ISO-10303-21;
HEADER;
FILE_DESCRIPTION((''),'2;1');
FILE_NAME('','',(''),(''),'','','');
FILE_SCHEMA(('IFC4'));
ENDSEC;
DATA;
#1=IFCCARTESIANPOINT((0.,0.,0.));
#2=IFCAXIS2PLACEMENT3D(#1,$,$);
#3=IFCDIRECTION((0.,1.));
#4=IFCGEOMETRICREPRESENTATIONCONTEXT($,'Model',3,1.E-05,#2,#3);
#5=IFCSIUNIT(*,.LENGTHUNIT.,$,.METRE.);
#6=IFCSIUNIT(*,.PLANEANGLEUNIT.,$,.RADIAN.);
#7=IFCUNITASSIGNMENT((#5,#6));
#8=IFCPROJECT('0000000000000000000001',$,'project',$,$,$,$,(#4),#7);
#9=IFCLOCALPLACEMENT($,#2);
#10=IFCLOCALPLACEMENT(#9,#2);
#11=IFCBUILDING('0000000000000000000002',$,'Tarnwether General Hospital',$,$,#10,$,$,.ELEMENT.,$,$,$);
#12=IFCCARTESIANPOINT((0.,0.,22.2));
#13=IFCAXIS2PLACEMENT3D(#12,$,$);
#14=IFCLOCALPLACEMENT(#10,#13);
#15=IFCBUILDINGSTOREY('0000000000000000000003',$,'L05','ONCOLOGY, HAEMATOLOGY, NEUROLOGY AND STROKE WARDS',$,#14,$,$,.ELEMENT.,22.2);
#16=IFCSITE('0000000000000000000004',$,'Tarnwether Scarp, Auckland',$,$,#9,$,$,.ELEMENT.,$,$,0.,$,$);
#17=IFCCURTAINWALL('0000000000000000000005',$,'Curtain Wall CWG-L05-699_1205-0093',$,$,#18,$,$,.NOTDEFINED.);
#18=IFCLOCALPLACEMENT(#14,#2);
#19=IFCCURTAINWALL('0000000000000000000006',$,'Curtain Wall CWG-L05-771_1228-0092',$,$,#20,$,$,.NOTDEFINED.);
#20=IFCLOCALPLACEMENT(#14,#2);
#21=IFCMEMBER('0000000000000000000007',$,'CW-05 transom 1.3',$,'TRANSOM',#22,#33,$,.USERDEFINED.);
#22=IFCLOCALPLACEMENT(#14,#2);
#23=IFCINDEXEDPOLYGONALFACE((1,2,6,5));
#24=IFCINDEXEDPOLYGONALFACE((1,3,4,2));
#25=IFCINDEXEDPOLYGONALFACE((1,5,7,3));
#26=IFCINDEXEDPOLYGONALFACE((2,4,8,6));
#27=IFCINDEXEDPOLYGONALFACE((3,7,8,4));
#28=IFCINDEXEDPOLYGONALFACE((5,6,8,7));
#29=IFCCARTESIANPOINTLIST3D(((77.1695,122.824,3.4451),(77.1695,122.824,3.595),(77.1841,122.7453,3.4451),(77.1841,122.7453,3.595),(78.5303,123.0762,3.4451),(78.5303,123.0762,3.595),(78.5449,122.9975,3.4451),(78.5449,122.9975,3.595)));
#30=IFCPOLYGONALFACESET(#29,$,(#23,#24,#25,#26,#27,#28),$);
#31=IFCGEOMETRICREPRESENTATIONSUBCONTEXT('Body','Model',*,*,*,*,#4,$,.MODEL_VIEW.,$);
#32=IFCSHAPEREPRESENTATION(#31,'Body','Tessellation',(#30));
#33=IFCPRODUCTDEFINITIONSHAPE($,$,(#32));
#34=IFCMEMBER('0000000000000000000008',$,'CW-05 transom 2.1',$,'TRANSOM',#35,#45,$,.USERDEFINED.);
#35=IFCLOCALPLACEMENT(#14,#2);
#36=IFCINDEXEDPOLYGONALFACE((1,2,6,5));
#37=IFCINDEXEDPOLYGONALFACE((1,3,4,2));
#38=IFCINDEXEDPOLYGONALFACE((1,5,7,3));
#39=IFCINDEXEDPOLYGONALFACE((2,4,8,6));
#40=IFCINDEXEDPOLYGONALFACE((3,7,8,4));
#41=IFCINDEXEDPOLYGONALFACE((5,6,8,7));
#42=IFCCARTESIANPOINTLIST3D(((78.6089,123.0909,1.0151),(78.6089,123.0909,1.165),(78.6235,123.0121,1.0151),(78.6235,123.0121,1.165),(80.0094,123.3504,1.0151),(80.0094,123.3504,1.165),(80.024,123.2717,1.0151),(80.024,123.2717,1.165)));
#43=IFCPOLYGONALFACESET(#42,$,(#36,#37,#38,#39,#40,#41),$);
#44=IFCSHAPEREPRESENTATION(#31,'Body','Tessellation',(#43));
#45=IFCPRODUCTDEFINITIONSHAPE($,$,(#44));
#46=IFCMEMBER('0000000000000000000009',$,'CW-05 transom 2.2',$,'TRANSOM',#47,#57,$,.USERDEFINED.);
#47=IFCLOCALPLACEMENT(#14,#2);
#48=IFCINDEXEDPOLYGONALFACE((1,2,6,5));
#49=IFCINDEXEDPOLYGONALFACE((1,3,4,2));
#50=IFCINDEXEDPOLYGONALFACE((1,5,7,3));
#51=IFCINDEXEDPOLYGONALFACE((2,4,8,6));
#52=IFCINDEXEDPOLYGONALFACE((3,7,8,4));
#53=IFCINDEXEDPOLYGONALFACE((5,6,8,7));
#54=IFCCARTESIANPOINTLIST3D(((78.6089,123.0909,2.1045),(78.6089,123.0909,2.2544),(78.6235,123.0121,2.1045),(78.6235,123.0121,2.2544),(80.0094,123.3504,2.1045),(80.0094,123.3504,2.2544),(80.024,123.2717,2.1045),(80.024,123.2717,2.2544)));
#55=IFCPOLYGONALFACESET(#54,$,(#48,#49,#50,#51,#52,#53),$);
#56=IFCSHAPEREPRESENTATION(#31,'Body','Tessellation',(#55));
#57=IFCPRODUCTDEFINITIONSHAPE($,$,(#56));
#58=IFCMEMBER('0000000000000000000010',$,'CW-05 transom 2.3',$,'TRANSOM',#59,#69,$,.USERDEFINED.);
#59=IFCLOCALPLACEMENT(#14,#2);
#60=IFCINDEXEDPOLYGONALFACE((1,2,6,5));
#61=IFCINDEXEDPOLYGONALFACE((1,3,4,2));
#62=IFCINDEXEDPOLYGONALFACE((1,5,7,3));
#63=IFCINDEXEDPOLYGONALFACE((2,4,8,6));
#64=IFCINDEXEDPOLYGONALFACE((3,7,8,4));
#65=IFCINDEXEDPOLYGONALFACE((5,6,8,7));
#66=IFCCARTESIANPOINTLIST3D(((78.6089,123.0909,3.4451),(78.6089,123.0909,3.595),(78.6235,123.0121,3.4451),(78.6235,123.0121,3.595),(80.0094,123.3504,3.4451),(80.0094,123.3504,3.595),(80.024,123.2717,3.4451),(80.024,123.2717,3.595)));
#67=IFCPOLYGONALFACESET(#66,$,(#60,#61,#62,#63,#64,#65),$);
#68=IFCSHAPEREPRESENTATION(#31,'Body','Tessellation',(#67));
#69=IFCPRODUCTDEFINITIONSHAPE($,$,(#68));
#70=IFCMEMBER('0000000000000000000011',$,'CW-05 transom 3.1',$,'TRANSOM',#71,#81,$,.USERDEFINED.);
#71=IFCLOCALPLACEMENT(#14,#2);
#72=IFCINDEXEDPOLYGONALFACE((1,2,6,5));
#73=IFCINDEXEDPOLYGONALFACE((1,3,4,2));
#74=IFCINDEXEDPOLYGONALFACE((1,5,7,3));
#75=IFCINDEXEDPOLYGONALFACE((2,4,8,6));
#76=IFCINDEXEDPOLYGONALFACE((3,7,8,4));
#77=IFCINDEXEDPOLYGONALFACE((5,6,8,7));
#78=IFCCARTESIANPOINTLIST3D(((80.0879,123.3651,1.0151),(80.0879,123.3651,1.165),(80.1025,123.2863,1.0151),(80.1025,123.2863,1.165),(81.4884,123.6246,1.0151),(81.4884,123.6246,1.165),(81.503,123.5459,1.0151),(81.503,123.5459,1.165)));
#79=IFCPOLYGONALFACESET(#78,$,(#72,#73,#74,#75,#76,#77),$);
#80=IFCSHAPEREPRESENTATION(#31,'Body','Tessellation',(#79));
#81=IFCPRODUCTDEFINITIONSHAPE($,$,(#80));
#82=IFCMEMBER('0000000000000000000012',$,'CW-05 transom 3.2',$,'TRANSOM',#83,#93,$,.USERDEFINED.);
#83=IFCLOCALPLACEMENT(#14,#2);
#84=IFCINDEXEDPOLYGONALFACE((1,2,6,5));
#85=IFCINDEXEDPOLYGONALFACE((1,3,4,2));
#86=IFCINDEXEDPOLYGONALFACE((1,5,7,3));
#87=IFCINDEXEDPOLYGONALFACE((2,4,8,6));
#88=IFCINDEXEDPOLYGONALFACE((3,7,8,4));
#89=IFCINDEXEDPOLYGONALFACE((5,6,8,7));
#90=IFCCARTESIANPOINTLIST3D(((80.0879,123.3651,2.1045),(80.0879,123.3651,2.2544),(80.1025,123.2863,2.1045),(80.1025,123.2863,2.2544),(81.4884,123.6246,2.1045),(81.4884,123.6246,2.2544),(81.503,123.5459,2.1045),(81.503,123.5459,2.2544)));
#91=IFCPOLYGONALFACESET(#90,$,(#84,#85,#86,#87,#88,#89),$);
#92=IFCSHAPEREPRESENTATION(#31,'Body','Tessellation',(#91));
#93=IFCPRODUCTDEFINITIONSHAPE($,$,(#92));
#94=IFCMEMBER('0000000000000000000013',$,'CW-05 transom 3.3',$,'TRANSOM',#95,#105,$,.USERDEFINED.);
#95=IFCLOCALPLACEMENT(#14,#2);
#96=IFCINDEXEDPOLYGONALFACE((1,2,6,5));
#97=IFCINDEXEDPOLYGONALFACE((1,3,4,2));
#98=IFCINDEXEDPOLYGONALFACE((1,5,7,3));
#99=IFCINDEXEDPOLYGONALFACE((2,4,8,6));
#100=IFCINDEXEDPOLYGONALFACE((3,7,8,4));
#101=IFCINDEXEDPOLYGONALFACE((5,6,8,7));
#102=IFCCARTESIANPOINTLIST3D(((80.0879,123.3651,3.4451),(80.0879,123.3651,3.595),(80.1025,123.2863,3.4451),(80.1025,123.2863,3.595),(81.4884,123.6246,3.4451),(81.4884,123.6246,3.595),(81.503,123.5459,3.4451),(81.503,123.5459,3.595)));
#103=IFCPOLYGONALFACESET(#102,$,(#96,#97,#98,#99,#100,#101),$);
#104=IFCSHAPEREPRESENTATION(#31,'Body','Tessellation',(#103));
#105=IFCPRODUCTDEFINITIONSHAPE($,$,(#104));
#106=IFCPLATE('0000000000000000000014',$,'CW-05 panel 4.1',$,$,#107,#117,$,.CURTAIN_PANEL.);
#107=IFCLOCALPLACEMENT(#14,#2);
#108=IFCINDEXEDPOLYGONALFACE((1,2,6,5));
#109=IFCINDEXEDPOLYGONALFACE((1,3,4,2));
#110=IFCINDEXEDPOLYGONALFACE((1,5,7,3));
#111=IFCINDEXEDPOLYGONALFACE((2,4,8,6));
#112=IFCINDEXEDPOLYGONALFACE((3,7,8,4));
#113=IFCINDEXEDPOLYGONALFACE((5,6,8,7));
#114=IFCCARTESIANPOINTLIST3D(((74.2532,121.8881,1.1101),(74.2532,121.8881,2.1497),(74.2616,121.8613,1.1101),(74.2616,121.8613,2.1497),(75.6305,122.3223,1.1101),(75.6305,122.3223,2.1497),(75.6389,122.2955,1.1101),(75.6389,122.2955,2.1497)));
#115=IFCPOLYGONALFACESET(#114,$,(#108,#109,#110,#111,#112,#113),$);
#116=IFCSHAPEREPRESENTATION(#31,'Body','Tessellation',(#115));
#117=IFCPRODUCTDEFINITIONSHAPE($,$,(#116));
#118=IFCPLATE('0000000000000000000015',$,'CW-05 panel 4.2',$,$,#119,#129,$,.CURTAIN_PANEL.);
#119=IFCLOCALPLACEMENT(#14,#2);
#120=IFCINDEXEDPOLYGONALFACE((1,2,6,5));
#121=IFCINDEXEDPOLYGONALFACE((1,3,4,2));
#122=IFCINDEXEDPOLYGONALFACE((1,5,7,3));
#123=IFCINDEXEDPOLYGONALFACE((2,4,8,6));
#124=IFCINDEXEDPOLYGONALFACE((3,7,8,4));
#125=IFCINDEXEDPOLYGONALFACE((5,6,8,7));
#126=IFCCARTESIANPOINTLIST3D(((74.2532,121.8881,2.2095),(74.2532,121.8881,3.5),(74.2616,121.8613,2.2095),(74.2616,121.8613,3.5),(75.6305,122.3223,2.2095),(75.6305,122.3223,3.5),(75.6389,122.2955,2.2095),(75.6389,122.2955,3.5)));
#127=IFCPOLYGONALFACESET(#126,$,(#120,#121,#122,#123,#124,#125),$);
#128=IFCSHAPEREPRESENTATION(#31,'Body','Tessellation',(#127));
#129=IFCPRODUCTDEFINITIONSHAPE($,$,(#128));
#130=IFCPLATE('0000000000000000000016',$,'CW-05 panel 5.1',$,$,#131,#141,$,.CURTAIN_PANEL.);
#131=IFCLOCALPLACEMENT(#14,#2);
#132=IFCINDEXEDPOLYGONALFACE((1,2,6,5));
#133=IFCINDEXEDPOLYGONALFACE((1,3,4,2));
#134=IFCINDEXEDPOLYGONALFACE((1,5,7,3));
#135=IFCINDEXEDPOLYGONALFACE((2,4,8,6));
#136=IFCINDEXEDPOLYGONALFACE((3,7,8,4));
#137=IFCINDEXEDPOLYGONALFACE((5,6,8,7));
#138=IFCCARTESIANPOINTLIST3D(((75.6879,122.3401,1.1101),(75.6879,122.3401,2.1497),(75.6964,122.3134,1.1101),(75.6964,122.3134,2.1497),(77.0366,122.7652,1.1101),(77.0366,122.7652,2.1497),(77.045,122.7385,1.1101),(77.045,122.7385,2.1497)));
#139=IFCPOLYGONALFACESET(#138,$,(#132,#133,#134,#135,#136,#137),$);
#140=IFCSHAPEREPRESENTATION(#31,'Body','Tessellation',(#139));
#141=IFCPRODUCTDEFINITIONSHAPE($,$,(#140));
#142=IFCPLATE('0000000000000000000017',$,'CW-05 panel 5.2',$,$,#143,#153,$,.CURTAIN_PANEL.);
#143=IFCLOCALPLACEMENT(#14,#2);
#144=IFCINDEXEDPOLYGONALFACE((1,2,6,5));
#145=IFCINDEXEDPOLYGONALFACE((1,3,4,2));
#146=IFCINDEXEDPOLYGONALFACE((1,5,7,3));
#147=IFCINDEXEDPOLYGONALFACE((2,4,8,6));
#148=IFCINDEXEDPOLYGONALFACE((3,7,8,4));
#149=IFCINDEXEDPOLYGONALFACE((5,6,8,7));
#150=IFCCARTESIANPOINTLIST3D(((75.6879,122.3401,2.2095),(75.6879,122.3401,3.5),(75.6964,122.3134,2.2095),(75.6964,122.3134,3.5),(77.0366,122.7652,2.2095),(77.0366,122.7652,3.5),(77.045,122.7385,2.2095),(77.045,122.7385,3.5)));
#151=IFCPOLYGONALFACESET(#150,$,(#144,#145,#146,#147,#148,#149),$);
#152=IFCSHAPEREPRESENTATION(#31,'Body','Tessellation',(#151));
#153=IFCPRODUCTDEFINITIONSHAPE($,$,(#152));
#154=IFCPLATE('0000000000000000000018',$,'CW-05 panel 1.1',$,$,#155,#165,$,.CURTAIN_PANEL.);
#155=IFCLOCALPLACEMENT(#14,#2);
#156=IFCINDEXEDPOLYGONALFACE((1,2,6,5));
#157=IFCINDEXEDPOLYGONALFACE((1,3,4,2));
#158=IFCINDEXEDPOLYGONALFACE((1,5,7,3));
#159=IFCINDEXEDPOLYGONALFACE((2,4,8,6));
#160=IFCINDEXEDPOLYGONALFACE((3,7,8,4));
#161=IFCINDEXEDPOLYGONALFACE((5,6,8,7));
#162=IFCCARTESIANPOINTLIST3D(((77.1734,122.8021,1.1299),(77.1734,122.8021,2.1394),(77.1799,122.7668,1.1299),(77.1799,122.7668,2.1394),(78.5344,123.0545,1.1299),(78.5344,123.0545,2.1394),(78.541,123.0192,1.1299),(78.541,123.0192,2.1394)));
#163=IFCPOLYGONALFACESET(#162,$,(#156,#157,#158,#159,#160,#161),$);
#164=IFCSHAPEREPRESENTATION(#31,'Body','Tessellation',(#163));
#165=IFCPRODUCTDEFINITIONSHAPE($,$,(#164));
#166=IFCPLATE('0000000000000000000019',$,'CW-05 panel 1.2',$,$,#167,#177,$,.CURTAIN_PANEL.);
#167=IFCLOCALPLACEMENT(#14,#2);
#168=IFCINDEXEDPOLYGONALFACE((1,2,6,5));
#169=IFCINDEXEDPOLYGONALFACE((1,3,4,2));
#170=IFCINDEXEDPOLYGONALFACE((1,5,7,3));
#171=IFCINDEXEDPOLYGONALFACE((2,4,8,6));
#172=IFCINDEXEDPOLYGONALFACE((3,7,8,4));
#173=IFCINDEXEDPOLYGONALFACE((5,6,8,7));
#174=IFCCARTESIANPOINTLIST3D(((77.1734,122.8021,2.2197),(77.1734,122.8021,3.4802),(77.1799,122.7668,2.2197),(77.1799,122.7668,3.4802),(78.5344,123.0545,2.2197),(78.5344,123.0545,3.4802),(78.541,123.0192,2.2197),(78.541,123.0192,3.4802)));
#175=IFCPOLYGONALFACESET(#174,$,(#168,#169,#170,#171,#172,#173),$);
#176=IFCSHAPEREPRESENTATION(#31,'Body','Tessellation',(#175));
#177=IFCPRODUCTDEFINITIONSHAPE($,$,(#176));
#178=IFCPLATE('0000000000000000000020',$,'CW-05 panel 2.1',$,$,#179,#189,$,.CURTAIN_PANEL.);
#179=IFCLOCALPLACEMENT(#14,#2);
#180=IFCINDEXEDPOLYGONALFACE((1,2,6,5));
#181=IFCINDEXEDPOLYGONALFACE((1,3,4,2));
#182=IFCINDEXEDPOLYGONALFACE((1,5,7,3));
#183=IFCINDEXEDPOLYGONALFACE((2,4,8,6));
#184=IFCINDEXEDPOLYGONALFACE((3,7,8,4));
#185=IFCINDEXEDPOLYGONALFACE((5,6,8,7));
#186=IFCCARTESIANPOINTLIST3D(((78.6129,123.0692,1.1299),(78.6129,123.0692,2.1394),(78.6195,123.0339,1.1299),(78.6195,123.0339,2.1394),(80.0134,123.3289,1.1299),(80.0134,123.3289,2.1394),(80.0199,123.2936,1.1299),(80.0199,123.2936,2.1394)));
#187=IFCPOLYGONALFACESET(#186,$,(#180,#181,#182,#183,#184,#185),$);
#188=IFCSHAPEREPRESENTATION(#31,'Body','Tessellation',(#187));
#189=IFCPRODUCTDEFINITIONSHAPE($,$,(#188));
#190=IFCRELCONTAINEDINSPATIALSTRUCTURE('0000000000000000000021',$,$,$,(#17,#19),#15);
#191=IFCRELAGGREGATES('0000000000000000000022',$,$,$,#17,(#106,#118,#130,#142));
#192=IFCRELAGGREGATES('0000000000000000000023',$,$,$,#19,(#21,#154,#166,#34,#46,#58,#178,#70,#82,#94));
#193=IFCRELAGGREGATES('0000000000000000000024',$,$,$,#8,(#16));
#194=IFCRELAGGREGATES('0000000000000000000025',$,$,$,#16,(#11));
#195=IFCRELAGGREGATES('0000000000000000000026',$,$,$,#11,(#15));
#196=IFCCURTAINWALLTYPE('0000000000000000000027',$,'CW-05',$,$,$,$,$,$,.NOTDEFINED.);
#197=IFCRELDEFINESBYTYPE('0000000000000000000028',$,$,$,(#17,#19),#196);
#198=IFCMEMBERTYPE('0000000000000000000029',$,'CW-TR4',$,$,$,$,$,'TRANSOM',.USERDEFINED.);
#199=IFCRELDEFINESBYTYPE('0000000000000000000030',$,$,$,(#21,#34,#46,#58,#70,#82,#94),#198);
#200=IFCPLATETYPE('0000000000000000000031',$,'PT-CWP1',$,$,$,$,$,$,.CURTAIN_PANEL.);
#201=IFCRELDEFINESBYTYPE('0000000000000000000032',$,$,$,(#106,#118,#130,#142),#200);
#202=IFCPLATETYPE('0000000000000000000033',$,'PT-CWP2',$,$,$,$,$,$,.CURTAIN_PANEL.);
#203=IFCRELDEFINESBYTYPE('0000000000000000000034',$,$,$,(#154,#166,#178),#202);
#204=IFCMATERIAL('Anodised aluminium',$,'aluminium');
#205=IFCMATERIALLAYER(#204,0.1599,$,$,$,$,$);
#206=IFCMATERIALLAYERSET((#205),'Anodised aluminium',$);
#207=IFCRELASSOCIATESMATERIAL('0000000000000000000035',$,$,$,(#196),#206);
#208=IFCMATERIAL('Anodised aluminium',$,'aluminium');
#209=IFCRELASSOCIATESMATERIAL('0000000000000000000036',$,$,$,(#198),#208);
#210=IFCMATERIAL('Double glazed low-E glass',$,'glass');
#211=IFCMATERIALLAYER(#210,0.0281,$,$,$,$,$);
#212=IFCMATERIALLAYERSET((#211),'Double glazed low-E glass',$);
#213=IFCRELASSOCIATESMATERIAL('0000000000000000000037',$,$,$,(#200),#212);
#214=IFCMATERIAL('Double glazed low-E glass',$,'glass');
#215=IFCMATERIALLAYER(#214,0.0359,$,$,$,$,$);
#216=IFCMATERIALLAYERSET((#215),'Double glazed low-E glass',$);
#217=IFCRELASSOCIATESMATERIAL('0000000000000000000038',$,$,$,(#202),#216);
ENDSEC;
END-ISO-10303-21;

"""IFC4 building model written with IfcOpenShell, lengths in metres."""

from ifc_helpers import new_model, si_unit, direction, frame, origin, origin_2d, place, context, subcontext, project, spatial, rectangle, extrude, material, layer, layer_set, material_profile, profile_set, type_object, element, aggregate, save


model = new_model("IFC4")

# Units and contexts
model_context = context("Model", 3, precision=1e-05, world=origin(), true_north=direction((0.0, 1.0)))
body_context = subcontext(model_context, "Body", "Model", "MODEL_VIEW")
ifc_project = project(units=[si_unit("LENGTHUNIT", "METRE"), si_unit("PLANEANGLEUNIT", "RADIAN")], contexts=[model_context])

# Site, building, storey
site_placement = place(None, origin())
site = spatial("IfcSite", under=ifc_project, at=site_placement, Name="Tarnwether Scarp, Auckland", CompositionType="ELEMENT", RefElevation=0.0)
building_placement = place(site_placement, origin())
building = spatial("IfcBuilding", under=site, at=building_placement, Name="Tarnwether General Hospital", CompositionType="ELEMENT")
storey_placement = place(building_placement, frame((0.0, 0.0, 22.2)))
storey = spatial("IfcBuildingStorey", under=building, at=storey_placement, Name="L05", Description="ONCOLOGY, HAEMATOLOGY, NEUROLOGY AND STROKE WARDS", CompositionType="ELEMENT", Elevation=22.2)

# Curtain walls
ifc_material_1 = material(Name="Anodised aluminium", Category="aluminium")
ifc_layer_1 = layer(ifc_material_1, 0.1599)
ifc_layer_set_1 = layer_set([ifc_layer_1], Name="Anodised aluminium")
curtain_wall_type = type_object("IfcCurtainWallType", Name="CW-05", PredefinedType="NOTDEFINED", material=ifc_layer_set_1)
curtain_wall_1_placement = place(storey_placement, origin())
curtain_wall_1 = element("IfcCurtainWall", 1, at=curtain_wall_1_placement, inside=storey, type_object=curtain_wall_type, Name="Curtain Wall CWG-L05-699_1205-0093", PredefinedType="NOTDEFINED")
curtain_wall_2_placement = place(storey_placement, origin())
curtain_wall_2 = element("IfcCurtainWall", 2, at=curtain_wall_2_placement, inside=storey, type_object=curtain_wall_type, Name="Curtain Wall CWG-L05-771_1228-0092", PredefinedType="NOTDEFINED")

# Members
ifc_material_2 = material(Name="Anodised aluminium", Category="aluminium")
ifc_material_profile_1 = material_profile(ifc_material_2, rectangle(XDim=0.0801, YDim=0.1499, at=origin_2d()), Name="ALU-TRN-80x150")
ifc_profile_set_1 = profile_set([ifc_material_profile_1], Name="Anodised aluminium")
member_type_1 = type_object("IfcMemberType", Name="CW-TR4", ElementType="TRANSOM", PredefinedType="USERDEFINED", material=ifc_profile_set_1)
member_1_placement = place(storey_placement, frame((77.1768, 122.7847, 3.52), z_axis=(0.983257, 0.182222, 0.0), x_axis=(-0.182222, 0.983257, 0.0)))
member_1 = element("IfcMember", 3, at=member_1_placement, type_object=member_type_1, Name="CW-05 transom 1.3", ObjectType="TRANSOM", PredefinedType="USERDEFINED", context=body_context, shape_type="SweptSolid", body=[
    extrude(rectangle(XDim=0.0801, YDim=0.1499, at=origin_2d()), origin(), (0.0, 0.0, 1.0), 1.384),
])
member_2_placement = place(storey_placement, frame((78.6162, 123.0515, 1.0901), z_axis=(0.983258, 0.182218, 0.0), x_axis=(-0.182218, 0.983258, 0.0)))
member_2 = element("IfcMember", 4, at=member_2_placement, type_object=member_type_1, Name="CW-05 transom 2.1", ObjectType="TRANSOM", PredefinedType="USERDEFINED", context=body_context, shape_type="SweptSolid", body=[
    extrude(rectangle(XDim=0.0801, YDim=0.1499, at=origin_2d()), origin(), (0.0, 0.0, 1.0), 1.4243),
])
member_3_placement = place(storey_placement, frame((78.6162, 123.0515, 2.1794), z_axis=(0.983258, 0.182218, 0.0), x_axis=(-0.182218, 0.983258, 0.0)))
member_3 = element("IfcMember", 5, at=member_3_placement, type_object=member_type_1, Name="CW-05 transom 2.2", ObjectType="TRANSOM", PredefinedType="USERDEFINED", context=body_context, shape_type="SweptSolid", body=[
    extrude(rectangle(XDim=0.0801, YDim=0.1499, at=origin_2d()), origin(), (0.0, 0.0, 1.0), 1.4243),
])
member_4_placement = place(storey_placement, frame((78.6162, 123.0515, 3.52), z_axis=(0.983258, 0.182218, 0.0), x_axis=(-0.182218, 0.983258, 0.0)))
member_4 = element("IfcMember", 6, at=member_4_placement, type_object=member_type_1, Name="CW-05 transom 2.3", ObjectType="TRANSOM", PredefinedType="USERDEFINED", context=body_context, shape_type="SweptSolid", body=[
    extrude(rectangle(XDim=0.0801, YDim=0.1499, at=origin_2d()), origin(), (0.0, 0.0, 1.0), 1.4243),
])
member_5_placement = place(storey_placement, frame((80.0952, 123.3257, 1.0901), z_axis=(0.983258, 0.182218, 0.0), x_axis=(-0.182218, 0.983258, 0.0)))
member_5 = element("IfcMember", 7, at=member_5_placement, type_object=member_type_1, Name="CW-05 transom 3.1", ObjectType="TRANSOM", PredefinedType="USERDEFINED", context=body_context, shape_type="SweptSolid", body=[
    extrude(rectangle(XDim=0.0801, YDim=0.1499, at=origin_2d()), origin(), (0.0, 0.0, 1.0), 1.4243),
])
member_6_placement = place(storey_placement, frame((80.0952, 123.3257, 2.1794), z_axis=(0.983258, 0.182218, 0.0), x_axis=(-0.182218, 0.983258, 0.0)))
member_6 = element("IfcMember", 8, at=member_6_placement, type_object=member_type_1, Name="CW-05 transom 3.2", ObjectType="TRANSOM", PredefinedType="USERDEFINED", context=body_context, shape_type="SweptSolid", body=[
    extrude(rectangle(XDim=0.0801, YDim=0.1499, at=origin_2d()), origin(), (0.0, 0.0, 1.0), 1.4243),
])
member_7_placement = place(storey_placement, frame((80.0952, 123.3257, 3.52), z_axis=(0.983258, 0.182218, 0.0), x_axis=(-0.182218, 0.983258, 0.0)))
member_7 = element("IfcMember", 9, at=member_7_placement, type_object=member_type_1, Name="CW-05 transom 3.3", ObjectType="TRANSOM", PredefinedType="USERDEFINED", context=body_context, shape_type="SweptSolid", body=[
    extrude(rectangle(XDim=0.0801, YDim=0.1499, at=origin_2d()), origin(), (0.0, 0.0, 1.0), 1.4243),
])

# Plates
ifc_material_3 = material(Name="Double glazed low-E glass", Category="glass")
ifc_layer_2 = layer(ifc_material_3, 0.0281)
ifc_layer_set_2 = layer_set([ifc_layer_2], Name="Double glazed low-E glass")
plate_type_1 = type_object("IfcPlateType", Name="PT-CWP1", PredefinedType="CURTAIN_PANEL", material=ifc_layer_set_2)
plate_1_placement = place(storey_placement, frame((74.946, 122.0918, 1.1101), z_axis=(0.0, 0.0, 1.0), x_axis=(0.953741, 0.300629, 0.0)))
plate_1 = element("IfcPlate", 10, at=plate_1_placement, type_object=plate_type_1, Name="CW-05 panel 4.1", PredefinedType="CURTAIN_PANEL", context=body_context, shape_type="SweptSolid", body=[
    extrude(rectangle(XDim=1.4441, YDim=0.0281, at=origin_2d()), origin(), (0.0, 0.0, 1.0), 1.0396),
])
plate_2_placement = place(storey_placement, frame((74.946, 122.0918, 2.2095), z_axis=(0.0, 0.0, 1.0), x_axis=(0.953741, 0.300629, 0.0)))
plate_2 = element("IfcPlate", 11, at=plate_2_placement, type_object=plate_type_1, Name="CW-05 panel 4.2", PredefinedType="CURTAIN_PANEL", context=body_context, shape_type="SweptSolid", body=[
    extrude(rectangle(XDim=1.4441, YDim=0.0281, at=origin_2d()), origin(), (0.0, 0.0, 1.0), 1.2905),
])
plate_3_placement = place(storey_placement, frame((76.3665, 122.5393, 1.1101), z_axis=(0.0, 0.0, 1.0), x_axis=(0.953741, 0.300629, 0.0)))
plate_3 = element("IfcPlate", 12, at=plate_3_placement, type_object=plate_type_1, Name="CW-05 panel 5.1", PredefinedType="CURTAIN_PANEL", context=body_context, shape_type="SweptSolid", body=[
    extrude(rectangle(XDim=1.4141, YDim=0.0281, at=origin_2d()), origin(), (0.0, 0.0, 1.0), 1.0396),
])
plate_4_placement = place(storey_placement, frame((76.3665, 122.5393, 2.2095), z_axis=(0.0, 0.0, 1.0), x_axis=(0.953741, 0.300629, 0.0)))
plate_4 = element("IfcPlate", 13, at=plate_4_placement, type_object=plate_type_1, Name="CW-05 panel 5.2", PredefinedType="CURTAIN_PANEL", context=body_context, shape_type="SweptSolid", body=[
    extrude(rectangle(XDim=1.4141, YDim=0.0281, at=origin_2d()), origin(), (0.0, 0.0, 1.0), 1.2905),
])
aggregate(curtain_wall_1, [plate_1, plate_2, plate_3, plate_4])
ifc_material_4 = material(Name="Double glazed low-E glass", Category="glass")
ifc_layer_3 = layer(ifc_material_4, 0.0359)
ifc_layer_set_3 = layer_set([ifc_layer_3], Name="Double glazed low-E glass")
plate_type_2 = type_object("IfcPlateType", Name="PT-CWP2", PredefinedType="CURTAIN_PANEL", material=ifc_layer_set_3)
plate_5_placement = place(storey_placement, frame((77.8572, 122.9106, 1.1299), z_axis=(0.0, 0.0, 1.0), x_axis=(0.983245, 0.182289, 0.0)))
plate_5 = element("IfcPlate", 14, at=plate_5_placement, type_object=plate_type_2, Name="CW-05 panel 1.1", PredefinedType="CURTAIN_PANEL", context=body_context, shape_type="SweptSolid", body=[
    extrude(rectangle(XDim=1.3843, YDim=0.0359, at=origin_2d()), origin(), (0.0, 0.0, 1.0), 1.0095),
])
plate_6_placement = place(storey_placement, frame((77.8572, 122.9106, 2.2197), z_axis=(0.0, 0.0, 1.0), x_axis=(0.983245, 0.182289, 0.0)))
plate_6 = element("IfcPlate", 15, at=plate_6_placement, type_object=plate_type_2, Name="CW-05 panel 1.2", PredefinedType="CURTAIN_PANEL", context=body_context, shape_type="SweptSolid", body=[
    extrude(rectangle(XDim=1.3843, YDim=0.0359, at=origin_2d()), origin(), (0.0, 0.0, 1.0), 1.2605),
])
plate_7_placement = place(storey_placement, frame((79.3164, 123.1814, 1.1299), z_axis=(0.0, 0.0, 1.0), x_axis=(0.983245, 0.182289, 0.0)))
plate_7 = element("IfcPlate", 16, at=plate_7_placement, type_object=plate_type_2, Name="CW-05 panel 2.1", PredefinedType="CURTAIN_PANEL", context=body_context, shape_type="SweptSolid", body=[
    extrude(rectangle(XDim=1.4243, YDim=0.0359, at=origin_2d()), origin(), (0.0, 0.0, 1.0), 1.0095),
])
aggregate(curtain_wall_2, [member_1, plate_5, plate_6, member_2, member_3, member_4, plate_7, member_5, member_6, member_7])

save(model, "model.ifc")
